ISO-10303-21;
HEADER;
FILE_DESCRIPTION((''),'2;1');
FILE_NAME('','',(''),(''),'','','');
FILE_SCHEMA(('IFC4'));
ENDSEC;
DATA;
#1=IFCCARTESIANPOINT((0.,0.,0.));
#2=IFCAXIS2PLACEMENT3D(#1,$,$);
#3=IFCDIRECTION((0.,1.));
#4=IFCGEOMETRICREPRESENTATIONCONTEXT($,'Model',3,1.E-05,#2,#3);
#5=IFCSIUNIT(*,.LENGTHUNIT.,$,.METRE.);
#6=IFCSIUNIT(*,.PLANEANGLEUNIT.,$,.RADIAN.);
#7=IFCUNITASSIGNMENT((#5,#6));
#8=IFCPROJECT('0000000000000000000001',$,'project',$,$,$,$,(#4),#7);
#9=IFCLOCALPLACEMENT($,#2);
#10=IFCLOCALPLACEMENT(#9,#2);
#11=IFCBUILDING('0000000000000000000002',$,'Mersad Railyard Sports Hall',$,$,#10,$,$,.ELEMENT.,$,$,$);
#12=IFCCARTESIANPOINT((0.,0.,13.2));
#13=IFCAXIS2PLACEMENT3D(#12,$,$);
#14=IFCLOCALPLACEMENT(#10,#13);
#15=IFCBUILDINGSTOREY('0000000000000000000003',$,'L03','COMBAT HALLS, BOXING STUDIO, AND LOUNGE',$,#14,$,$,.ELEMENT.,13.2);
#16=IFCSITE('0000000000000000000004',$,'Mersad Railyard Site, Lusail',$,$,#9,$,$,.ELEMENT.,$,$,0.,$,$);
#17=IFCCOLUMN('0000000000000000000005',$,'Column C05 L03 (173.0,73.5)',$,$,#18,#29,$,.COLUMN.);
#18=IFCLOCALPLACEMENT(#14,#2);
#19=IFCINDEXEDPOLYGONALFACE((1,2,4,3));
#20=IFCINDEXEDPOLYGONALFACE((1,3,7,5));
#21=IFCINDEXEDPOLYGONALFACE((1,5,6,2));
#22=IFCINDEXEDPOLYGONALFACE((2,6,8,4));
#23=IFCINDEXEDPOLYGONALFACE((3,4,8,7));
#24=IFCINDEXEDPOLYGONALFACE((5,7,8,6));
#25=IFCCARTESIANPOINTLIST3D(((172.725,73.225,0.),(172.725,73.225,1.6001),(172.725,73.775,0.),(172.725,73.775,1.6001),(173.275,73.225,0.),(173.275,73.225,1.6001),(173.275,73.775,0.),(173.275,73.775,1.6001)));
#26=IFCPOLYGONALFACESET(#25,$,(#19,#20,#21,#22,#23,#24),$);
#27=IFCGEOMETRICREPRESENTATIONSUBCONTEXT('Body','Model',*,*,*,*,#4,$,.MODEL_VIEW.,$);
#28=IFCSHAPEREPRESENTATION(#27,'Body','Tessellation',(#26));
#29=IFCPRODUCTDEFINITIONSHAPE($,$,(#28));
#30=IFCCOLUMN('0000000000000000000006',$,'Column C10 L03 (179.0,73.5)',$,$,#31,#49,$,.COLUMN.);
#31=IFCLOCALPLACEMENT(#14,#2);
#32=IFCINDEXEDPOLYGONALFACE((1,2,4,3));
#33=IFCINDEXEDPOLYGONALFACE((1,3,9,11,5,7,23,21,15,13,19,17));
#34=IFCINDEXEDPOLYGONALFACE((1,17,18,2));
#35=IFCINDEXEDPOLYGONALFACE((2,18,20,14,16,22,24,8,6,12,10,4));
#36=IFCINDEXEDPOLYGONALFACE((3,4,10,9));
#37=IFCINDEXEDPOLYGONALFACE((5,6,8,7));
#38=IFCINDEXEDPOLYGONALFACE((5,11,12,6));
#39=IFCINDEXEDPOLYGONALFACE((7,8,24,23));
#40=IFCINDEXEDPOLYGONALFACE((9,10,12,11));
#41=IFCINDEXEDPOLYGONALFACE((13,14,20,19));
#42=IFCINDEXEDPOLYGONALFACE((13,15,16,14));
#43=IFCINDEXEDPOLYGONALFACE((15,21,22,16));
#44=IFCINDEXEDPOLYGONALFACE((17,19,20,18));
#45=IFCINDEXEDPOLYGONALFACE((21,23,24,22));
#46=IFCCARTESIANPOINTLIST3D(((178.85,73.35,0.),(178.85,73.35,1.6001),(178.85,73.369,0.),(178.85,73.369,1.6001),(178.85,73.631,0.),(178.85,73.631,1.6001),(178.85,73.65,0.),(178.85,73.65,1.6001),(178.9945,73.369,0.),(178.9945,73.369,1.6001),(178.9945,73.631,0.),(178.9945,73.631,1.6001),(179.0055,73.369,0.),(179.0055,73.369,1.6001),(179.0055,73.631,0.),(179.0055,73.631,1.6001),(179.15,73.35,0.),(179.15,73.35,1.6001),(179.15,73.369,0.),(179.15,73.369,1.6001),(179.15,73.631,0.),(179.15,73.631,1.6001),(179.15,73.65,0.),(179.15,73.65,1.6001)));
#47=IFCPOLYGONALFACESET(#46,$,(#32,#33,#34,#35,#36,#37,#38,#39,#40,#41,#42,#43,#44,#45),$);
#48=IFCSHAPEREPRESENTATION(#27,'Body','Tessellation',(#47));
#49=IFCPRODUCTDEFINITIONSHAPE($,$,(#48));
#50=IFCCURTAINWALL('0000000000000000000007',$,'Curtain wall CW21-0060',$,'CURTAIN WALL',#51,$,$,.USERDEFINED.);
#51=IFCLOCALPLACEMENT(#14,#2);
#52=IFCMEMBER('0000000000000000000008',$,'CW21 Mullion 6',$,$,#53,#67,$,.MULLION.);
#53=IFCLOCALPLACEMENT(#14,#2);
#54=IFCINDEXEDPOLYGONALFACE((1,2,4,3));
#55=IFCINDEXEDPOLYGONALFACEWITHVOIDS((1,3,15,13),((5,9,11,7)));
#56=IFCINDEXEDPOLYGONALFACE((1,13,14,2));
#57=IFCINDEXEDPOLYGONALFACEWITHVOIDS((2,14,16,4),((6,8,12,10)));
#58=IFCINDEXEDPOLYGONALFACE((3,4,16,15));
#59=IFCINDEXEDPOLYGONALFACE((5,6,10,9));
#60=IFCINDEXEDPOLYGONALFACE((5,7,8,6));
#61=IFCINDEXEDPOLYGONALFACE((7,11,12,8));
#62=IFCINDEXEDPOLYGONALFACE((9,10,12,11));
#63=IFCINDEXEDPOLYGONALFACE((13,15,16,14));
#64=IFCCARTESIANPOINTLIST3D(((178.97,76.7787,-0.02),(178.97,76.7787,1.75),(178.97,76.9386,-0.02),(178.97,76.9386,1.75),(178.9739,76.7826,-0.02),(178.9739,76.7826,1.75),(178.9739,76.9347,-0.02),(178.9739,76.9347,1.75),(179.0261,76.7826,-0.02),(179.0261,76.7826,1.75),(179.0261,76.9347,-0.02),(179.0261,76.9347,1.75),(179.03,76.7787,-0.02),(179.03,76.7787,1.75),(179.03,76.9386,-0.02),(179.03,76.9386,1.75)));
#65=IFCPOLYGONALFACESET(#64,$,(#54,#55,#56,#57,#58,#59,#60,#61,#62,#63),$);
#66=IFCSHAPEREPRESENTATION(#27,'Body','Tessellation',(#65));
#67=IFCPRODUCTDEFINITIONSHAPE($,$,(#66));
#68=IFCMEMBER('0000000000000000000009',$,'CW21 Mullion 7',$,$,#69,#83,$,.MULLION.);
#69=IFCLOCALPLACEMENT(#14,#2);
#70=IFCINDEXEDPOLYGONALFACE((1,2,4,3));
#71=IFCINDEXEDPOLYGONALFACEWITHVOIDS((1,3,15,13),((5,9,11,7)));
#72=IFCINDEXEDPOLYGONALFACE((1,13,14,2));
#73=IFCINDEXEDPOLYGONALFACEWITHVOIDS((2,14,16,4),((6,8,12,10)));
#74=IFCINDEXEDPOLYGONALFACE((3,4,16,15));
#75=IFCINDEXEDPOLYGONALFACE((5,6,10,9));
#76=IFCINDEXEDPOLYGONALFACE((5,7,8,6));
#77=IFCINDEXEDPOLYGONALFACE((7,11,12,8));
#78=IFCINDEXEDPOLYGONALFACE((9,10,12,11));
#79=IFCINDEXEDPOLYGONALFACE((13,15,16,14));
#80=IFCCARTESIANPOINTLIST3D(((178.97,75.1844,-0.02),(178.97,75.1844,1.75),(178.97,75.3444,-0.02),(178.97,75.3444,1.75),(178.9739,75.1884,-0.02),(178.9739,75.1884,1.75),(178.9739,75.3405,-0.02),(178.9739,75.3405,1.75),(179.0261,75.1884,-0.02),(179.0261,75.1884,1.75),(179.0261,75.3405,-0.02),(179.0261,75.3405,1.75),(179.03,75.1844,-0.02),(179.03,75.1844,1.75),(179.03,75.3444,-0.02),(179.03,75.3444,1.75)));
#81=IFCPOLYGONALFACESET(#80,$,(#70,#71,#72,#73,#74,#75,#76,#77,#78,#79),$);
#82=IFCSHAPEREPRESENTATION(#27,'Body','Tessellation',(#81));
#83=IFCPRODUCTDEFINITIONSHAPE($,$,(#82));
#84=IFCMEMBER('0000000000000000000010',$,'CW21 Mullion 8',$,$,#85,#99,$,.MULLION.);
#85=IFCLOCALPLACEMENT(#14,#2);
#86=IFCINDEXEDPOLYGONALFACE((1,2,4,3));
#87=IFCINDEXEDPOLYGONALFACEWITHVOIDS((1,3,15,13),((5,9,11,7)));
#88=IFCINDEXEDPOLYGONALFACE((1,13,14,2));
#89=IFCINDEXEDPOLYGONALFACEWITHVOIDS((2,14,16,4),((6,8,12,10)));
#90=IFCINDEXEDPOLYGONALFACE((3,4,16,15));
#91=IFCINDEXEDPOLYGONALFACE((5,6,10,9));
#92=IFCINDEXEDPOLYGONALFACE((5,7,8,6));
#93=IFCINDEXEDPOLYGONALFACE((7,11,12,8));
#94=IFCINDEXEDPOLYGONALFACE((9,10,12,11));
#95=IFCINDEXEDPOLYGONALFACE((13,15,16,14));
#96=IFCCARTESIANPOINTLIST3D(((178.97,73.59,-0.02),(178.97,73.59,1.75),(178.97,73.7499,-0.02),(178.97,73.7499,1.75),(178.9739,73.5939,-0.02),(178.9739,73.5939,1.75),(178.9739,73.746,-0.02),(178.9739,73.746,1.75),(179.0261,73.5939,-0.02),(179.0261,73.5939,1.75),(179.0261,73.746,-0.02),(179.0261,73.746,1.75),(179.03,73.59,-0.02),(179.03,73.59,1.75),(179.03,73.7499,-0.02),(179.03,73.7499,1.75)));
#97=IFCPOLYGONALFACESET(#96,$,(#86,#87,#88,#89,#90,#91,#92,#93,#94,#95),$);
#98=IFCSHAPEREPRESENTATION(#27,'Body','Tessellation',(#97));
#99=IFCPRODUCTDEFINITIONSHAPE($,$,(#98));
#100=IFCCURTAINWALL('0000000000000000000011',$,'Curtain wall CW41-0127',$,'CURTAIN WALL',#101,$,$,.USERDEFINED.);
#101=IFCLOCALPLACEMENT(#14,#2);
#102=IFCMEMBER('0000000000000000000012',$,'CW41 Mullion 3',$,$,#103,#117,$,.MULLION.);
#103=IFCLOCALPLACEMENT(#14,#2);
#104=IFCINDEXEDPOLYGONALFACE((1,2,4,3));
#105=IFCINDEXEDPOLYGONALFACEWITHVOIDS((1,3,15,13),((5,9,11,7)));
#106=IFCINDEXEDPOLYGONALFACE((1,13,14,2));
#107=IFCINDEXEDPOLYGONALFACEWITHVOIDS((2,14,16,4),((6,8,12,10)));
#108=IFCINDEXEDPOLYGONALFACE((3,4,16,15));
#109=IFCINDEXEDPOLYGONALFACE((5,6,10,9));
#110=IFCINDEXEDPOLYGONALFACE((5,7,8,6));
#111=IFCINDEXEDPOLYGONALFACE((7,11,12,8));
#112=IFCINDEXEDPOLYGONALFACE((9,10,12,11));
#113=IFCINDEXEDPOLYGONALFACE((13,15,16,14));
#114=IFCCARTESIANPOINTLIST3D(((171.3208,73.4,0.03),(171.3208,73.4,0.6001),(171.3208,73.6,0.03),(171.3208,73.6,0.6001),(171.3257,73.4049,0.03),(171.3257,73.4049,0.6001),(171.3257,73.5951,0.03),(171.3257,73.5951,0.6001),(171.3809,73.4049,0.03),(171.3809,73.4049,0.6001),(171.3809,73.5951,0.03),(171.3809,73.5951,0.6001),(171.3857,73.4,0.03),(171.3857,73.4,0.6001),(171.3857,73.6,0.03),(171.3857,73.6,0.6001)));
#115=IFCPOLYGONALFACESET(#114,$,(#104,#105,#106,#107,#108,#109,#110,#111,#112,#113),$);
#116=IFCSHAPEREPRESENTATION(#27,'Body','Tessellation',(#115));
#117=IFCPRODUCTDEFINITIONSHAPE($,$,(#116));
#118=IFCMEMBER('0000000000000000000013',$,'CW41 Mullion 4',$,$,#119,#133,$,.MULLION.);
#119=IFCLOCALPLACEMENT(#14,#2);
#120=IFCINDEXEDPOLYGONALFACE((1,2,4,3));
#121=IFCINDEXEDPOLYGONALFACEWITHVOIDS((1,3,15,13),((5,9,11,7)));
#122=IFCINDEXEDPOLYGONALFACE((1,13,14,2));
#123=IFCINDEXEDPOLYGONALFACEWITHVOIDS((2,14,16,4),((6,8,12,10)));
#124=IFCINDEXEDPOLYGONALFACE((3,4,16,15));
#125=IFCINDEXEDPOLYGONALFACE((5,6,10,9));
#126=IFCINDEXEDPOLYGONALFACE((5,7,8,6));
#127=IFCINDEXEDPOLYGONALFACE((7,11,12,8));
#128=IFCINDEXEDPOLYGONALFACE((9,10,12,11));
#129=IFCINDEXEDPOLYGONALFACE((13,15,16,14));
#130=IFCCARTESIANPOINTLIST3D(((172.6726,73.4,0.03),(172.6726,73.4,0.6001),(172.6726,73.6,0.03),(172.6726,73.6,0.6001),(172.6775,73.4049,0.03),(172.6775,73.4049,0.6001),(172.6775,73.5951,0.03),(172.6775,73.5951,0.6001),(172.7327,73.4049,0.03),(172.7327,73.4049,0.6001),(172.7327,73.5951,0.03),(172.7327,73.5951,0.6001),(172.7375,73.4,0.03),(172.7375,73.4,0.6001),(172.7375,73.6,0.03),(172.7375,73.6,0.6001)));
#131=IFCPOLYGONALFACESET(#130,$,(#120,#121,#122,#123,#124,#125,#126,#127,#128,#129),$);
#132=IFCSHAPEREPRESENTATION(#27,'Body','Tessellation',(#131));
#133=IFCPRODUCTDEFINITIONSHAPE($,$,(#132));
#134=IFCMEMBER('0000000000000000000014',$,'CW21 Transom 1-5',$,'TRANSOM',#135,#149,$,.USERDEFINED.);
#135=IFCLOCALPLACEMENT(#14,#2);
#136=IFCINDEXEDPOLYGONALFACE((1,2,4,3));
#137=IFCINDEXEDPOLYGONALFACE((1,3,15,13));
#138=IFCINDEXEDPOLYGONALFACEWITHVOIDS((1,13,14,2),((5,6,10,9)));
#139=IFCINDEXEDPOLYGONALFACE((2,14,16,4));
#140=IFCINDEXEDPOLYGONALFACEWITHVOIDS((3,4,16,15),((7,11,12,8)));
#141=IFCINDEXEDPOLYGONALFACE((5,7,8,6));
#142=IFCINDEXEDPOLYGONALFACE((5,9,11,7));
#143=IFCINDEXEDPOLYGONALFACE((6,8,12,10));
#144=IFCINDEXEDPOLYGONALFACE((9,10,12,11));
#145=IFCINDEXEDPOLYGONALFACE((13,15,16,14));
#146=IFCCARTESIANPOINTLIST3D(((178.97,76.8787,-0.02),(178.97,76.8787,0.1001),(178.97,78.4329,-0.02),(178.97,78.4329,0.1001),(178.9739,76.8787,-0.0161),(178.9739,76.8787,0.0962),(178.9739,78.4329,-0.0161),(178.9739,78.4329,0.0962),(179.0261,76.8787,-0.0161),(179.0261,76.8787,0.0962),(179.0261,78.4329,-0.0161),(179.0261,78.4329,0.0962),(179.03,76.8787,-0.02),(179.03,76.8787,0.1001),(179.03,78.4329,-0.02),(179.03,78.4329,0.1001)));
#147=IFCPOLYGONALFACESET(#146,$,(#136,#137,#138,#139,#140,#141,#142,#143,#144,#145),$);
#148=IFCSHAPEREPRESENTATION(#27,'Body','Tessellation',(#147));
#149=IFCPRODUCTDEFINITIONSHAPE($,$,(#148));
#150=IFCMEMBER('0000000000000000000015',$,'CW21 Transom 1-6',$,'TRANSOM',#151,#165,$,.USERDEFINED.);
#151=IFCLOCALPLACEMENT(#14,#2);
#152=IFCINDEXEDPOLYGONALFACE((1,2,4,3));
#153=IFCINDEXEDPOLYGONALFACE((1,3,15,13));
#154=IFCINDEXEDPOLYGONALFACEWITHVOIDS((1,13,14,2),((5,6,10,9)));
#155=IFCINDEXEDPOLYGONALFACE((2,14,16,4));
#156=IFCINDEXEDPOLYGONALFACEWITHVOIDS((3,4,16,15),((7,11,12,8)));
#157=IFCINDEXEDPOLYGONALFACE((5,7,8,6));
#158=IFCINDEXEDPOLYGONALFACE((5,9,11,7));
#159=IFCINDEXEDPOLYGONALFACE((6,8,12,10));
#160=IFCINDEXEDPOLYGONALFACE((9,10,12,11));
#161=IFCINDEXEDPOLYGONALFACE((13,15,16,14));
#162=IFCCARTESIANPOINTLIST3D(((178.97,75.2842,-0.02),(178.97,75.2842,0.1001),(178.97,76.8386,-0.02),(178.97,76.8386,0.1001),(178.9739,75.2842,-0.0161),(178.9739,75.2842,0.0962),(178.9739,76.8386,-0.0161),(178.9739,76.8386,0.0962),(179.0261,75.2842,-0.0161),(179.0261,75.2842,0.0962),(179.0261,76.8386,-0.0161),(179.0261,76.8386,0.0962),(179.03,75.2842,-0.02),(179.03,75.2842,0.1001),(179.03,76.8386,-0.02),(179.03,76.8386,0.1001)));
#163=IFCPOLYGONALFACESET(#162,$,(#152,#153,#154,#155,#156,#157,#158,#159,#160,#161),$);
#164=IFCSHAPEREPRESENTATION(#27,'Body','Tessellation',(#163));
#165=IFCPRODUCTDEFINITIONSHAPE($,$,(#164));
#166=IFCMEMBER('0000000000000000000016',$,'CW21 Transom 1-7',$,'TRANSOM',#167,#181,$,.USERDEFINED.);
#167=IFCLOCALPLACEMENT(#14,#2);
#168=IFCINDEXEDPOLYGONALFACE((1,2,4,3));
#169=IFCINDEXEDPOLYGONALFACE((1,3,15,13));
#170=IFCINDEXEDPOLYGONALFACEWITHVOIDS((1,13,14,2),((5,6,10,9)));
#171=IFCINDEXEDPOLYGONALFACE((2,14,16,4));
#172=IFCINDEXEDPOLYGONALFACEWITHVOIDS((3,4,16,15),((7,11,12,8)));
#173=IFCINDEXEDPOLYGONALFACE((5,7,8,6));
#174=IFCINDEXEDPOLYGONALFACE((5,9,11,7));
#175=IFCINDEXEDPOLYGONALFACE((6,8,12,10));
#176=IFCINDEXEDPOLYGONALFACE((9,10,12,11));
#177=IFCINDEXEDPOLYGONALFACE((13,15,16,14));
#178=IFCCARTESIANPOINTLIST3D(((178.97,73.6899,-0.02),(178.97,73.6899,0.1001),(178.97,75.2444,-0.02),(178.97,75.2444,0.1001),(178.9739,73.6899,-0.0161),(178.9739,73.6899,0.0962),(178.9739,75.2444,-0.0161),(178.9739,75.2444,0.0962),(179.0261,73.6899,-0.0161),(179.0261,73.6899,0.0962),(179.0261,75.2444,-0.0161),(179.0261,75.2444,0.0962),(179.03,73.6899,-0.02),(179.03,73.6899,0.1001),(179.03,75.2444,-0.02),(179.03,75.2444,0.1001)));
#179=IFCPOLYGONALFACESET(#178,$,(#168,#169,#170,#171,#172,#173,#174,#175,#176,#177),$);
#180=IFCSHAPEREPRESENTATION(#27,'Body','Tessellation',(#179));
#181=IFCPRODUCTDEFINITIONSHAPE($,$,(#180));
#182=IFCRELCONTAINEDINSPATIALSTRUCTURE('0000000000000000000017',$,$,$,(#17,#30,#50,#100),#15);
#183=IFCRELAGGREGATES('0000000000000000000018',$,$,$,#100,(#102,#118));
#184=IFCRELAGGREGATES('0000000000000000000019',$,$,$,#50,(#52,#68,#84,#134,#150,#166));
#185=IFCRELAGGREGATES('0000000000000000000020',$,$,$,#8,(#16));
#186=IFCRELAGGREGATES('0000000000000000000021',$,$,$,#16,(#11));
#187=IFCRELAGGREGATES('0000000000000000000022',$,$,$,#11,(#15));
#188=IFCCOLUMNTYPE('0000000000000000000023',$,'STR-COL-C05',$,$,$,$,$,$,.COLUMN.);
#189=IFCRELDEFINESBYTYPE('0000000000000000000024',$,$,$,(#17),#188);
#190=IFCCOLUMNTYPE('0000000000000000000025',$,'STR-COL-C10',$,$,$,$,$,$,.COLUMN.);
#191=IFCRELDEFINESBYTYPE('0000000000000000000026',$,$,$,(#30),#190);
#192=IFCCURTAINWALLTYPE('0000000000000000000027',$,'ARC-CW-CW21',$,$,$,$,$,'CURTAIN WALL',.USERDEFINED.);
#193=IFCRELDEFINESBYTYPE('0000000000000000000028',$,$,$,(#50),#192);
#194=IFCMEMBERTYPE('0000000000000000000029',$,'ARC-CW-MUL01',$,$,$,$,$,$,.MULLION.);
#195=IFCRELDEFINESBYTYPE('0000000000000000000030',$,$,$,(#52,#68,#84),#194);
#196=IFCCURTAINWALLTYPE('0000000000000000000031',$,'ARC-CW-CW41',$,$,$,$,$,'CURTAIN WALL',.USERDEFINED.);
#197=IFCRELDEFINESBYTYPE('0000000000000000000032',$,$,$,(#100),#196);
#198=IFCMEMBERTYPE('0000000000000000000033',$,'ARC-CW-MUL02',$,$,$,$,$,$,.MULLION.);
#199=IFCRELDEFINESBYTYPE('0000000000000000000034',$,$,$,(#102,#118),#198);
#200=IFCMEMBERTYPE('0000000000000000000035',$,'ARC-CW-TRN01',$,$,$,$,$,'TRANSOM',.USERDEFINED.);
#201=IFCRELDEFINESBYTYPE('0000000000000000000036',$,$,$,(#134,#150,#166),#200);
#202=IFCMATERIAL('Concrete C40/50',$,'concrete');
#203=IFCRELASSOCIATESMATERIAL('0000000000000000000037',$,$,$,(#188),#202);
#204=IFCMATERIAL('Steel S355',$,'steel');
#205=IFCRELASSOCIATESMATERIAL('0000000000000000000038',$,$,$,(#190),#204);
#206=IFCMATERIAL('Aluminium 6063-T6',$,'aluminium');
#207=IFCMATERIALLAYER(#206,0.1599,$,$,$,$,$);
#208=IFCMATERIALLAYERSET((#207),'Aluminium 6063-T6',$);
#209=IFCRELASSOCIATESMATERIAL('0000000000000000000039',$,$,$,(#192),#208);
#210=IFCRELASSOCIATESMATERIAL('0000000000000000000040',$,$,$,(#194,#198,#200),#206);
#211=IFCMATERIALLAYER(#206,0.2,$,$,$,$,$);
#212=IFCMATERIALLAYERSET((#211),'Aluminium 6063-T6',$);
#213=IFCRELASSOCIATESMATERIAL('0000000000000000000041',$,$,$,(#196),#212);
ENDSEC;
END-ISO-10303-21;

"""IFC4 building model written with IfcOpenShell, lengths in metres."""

from ifc_helpers import new_model, si_unit, direction, frame, origin, origin_2d, place, context, subcontext, project, spatial, rectangle, hollow_rectangle, i_section, extrude, material, layer, layer_set, material_profile, profile_set, type_object, element, aggregate, save


model = new_model("IFC4")

# Units and contexts
model_context = context("Model", 3, precision=1e-05, world=origin(), true_north=direction((0.0, 1.0)))
body_context = subcontext(model_context, "Body", "Model", "MODEL_VIEW")
ifc_project = project(units=[si_unit("LENGTHUNIT", "METRE"), si_unit("PLANEANGLEUNIT", "RADIAN")], contexts=[model_context])

# Site, building, storey
site_placement = place(None, origin())
site = spatial("IfcSite", under=ifc_project, at=site_placement, Name="Mersad Railyard Site, Lusail", CompositionType="ELEMENT", RefElevation=0.0)
building_placement = place(site_placement, origin())
building = spatial("IfcBuilding", under=site, at=building_placement, Name="Mersad Railyard Sports Hall", CompositionType="ELEMENT")
storey_placement = place(building_placement, frame((0.0, 0.0, 13.2)))
storey = spatial("IfcBuildingStorey", under=building, at=storey_placement, Name="L03", Description="COMBAT HALLS, BOXING STUDIO, AND LOUNGE", CompositionType="ELEMENT", Elevation=13.2)

# Columns
ifc_material_1 = material(Name="Concrete C40/50", Category="concrete")
ifc_material_profile_1 = material_profile(ifc_material_1, rectangle(XDim=0.55, YDim=0.55, at=origin_2d()), Name="RC 550x550")
ifc_profile_set_1 = profile_set([ifc_material_profile_1], Name="Concrete C40/50")
column_type_1 = type_object("IfcColumnType", Name="STR-COL-C05", PredefinedType="COLUMN", material=ifc_profile_set_1)
column_1_placement = place(storey_placement, frame((173.0, 73.5, 0.0), z_axis=(0.0, 0.0, 1.0), x_axis=(1.0, 0.0, 0.0)))
element("IfcColumn", 1, at=column_1_placement, inside=storey, type_object=column_type_1, Name="Column C05 L03 (173.0,73.5)", PredefinedType="COLUMN", context=body_context, shape_type="SweptSolid", body=[
    extrude(rectangle(XDim=0.55, YDim=0.55, at=origin_2d()), origin(), (0.0, 0.0, 1.0), 1.6001),
])
ifc_material_2 = material(Name="Steel S355", Category="steel")
ifc_material_profile_2 = material_profile(ifc_material_2, i_section(OverallWidth=0.3, OverallDepth=0.3, WebThickness=0.011, FlangeThickness=0.019, at=origin_2d()), Name="HEB 300")
ifc_profile_set_2 = profile_set([ifc_material_profile_2], Name="Steel S355")
column_type_2 = type_object("IfcColumnType", Name="STR-COL-C10", PredefinedType="COLUMN", material=ifc_profile_set_2)
column_2_placement = place(storey_placement, frame((179.0, 73.5, 0.0), z_axis=(0.0, 0.0, 1.0), x_axis=(1.0, 0.0, 0.0)))
element("IfcColumn", 2, at=column_2_placement, inside=storey, type_object=column_type_2, Name="Column C10 L03 (179.0,73.5)", PredefinedType="COLUMN", context=body_context, shape_type="SweptSolid", body=[
    extrude(i_section(OverallWidth=0.3, OverallDepth=0.3, WebThickness=0.011, FlangeThickness=0.019, at=origin_2d()), origin(), (0.0, 0.0, 1.0), 1.6001),
])

# Curtain walls, members
ifc_material_3 = material(Name="Aluminium 6063-T6", Category="aluminium")
ifc_layer_1 = layer(ifc_material_3, 0.1599)
ifc_layer_set_1 = layer_set([ifc_layer_1], Name="Aluminium 6063-T6")
curtain_wall_type_1 = type_object("IfcCurtainWallType", Name="ARC-CW-CW21", ElementType="CURTAIN WALL", PredefinedType="USERDEFINED", material=ifc_layer_set_1)
curtain_wall_1_placement = place(storey_placement, origin())
curtain_wall_1 = element("IfcCurtainWall", 3, at=curtain_wall_1_placement, inside=storey, type_object=curtain_wall_type_1, Name="Curtain wall CW21-0060", ObjectType="CURTAIN WALL", PredefinedType="USERDEFINED")
ifc_material_profile_3 = material_profile(ifc_material_3, hollow_rectangle(XDim=0.0601, YDim=0.1599, WallThickness=0.0039, at=origin_2d()), Name="AL MULLION 60x160x4")
ifc_profile_set_3 = profile_set([ifc_material_profile_3], Name="Aluminium 6063-T6")
member_type_1 = type_object("IfcMemberType", Name="ARC-CW-MUL01", PredefinedType="MULLION", material=ifc_profile_set_3)
member_1_placement = place(storey_placement, frame((179.0, 76.8586, -0.02), z_axis=(0.0, 0.0, 1.0), x_axis=(1.0, 0.0, 0.0)))
member_1 = element("IfcMember", 4, at=member_1_placement, type_object=member_type_1, Name="CW21 Mullion 6", PredefinedType="MULLION", context=body_context, shape_type="SweptSolid", body=[
    extrude(hollow_rectangle(XDim=0.0601, YDim=0.1599, WallThickness=0.0039, at=origin_2d()), origin(), (0.0, 0.0, 1.0), 1.77),
])
member_2_placement = place(storey_placement, frame((179.0, 75.2644, -0.02), z_axis=(0.0, 0.0, 1.0), x_axis=(1.0, 0.0, 0.0)))
member_2 = element("IfcMember", 5, at=member_2_placement, type_object=member_type_1, Name="CW21 Mullion 7", PredefinedType="MULLION", context=body_context, shape_type="SweptSolid", body=[
    extrude(hollow_rectangle(XDim=0.0601, YDim=0.1599, WallThickness=0.0039, at=origin_2d()), origin(), (0.0, 0.0, 1.0), 1.77),
])
member_3_placement = place(storey_placement, frame((179.0, 73.6699, -0.02), z_axis=(0.0, 0.0, 1.0), x_axis=(1.0, 0.0, 0.0)))
member_3 = element("IfcMember", 6, at=member_3_placement, type_object=member_type_1, Name="CW21 Mullion 8", PredefinedType="MULLION", context=body_context, shape_type="SweptSolid", body=[
    extrude(hollow_rectangle(XDim=0.0601, YDim=0.1599, WallThickness=0.0039, at=origin_2d()), origin(), (0.0, 0.0, 1.0), 1.77),
])
ifc_layer_2 = layer(ifc_material_3, 0.2)
ifc_layer_set_2 = layer_set([ifc_layer_2], Name="Aluminium 6063-T6")
curtain_wall_type_2 = type_object("IfcCurtainWallType", Name="ARC-CW-CW41", ElementType="CURTAIN WALL", PredefinedType="USERDEFINED", material=ifc_layer_set_2)
curtain_wall_2_placement = place(storey_placement, origin())
curtain_wall_2 = element("IfcCurtainWall", 7, at=curtain_wall_2_placement, inside=storey, type_object=curtain_wall_type_2, Name="Curtain wall CW41-0127", ObjectType="CURTAIN WALL", PredefinedType="USERDEFINED")
ifc_material_profile_4 = material_profile(ifc_material_3, hollow_rectangle(XDim=0.0649, YDim=0.2, WallThickness=0.0049, at=origin_2d()), Name="AL MULLION 65x200x5")
ifc_profile_set_4 = profile_set([ifc_material_profile_4], Name="Aluminium 6063-T6")
member_type_2 = type_object("IfcMemberType", Name="ARC-CW-MUL02", PredefinedType="MULLION", material=ifc_profile_set_4)
member_4_placement = place(storey_placement, frame((171.3533, 73.5, 0.03), z_axis=(0.0, 0.0, 1.0), x_axis=(1.0, 0.0, 0.0)))
member_4 = element("IfcMember", 8, at=member_4_placement, type_object=member_type_2, Name="CW41 Mullion 3", PredefinedType="MULLION", context=body_context, shape_type="SweptSolid", body=[
    extrude(hollow_rectangle(XDim=0.0649, YDim=0.2, WallThickness=0.0049, at=origin_2d()), origin(), (0.0, 0.0, 1.0), 0.5701),
])
member_5_placement = place(storey_placement, frame((172.7051, 73.5, 0.03), z_axis=(0.0, 0.0, 1.0), x_axis=(1.0, 0.0, 0.0)))
member_5 = element("IfcMember", 9, at=member_5_placement, type_object=member_type_2, Name="CW41 Mullion 4", PredefinedType="MULLION", context=body_context, shape_type="SweptSolid", body=[
    extrude(hollow_rectangle(XDim=0.0649, YDim=0.2, WallThickness=0.0049, at=origin_2d()), origin(), (0.0, 0.0, 1.0), 0.5701),
])

# Members
ifc_material_profile_5 = material_profile(ifc_material_3, hollow_rectangle(XDim=0.0601, YDim=0.1201, WallThickness=0.0039, at=origin_2d()), Name="AL TRANSOM 60x120x4")
ifc_profile_set_5 = profile_set([ifc_material_profile_5], Name="Aluminium 6063-T6")
member_type_3 = type_object("IfcMemberType", Name="ARC-CW-TRN01", ElementType="TRANSOM", PredefinedType="USERDEFINED", material=ifc_profile_set_5)
member_6_placement = place(storey_placement, frame((179.0, 78.4329, 0.04), z_axis=(0.0, -1.0, 0.0), x_axis=(1.0, 0.0, 0.0)))
member_6 = element("IfcMember", 10, at=member_6_placement, type_object=member_type_3, Name="CW21 Transom 1-5", ObjectType="TRANSOM", PredefinedType="USERDEFINED", context=body_context, shape_type="SweptSolid", body=[
    extrude(hollow_rectangle(XDim=0.0601, YDim=0.1201, WallThickness=0.0039, at=origin_2d()), origin(), (0.0, 0.0, 1.0), 1.5542),
])
member_7_placement = place(storey_placement, frame((179.0, 76.8386, 0.04), z_axis=(0.0, -1.0, 0.0), x_axis=(1.0, 0.0, 0.0)))
member_7 = element("IfcMember", 11, at=member_7_placement, type_object=member_type_3, Name="CW21 Transom 1-6", ObjectType="TRANSOM", PredefinedType="USERDEFINED", context=body_context, shape_type="SweptSolid", body=[
    extrude(hollow_rectangle(XDim=0.0601, YDim=0.1201, WallThickness=0.0039, at=origin_2d()), origin(), (0.0, 0.0, 1.0), 1.5544),
])
member_8_placement = place(storey_placement, frame((179.0, 75.2444, 0.04), z_axis=(0.0, -1.0, 0.0), x_axis=(1.0, 0.0, 0.0)))
member_8 = element("IfcMember", 12, at=member_8_placement, type_object=member_type_3, Name="CW21 Transom 1-7", ObjectType="TRANSOM", PredefinedType="USERDEFINED", context=body_context, shape_type="SweptSolid", body=[
    extrude(hollow_rectangle(XDim=0.0601, YDim=0.1201, WallThickness=0.0039, at=origin_2d()), origin(), (0.0, 0.0, 1.0), 1.5544),
])
aggregate(curtain_wall_2, [member_4, member_5])

aggregate(curtain_wall_1, [member_1, member_2, member_3, member_6, member_7, member_8])

save(model, "model.ifc")
